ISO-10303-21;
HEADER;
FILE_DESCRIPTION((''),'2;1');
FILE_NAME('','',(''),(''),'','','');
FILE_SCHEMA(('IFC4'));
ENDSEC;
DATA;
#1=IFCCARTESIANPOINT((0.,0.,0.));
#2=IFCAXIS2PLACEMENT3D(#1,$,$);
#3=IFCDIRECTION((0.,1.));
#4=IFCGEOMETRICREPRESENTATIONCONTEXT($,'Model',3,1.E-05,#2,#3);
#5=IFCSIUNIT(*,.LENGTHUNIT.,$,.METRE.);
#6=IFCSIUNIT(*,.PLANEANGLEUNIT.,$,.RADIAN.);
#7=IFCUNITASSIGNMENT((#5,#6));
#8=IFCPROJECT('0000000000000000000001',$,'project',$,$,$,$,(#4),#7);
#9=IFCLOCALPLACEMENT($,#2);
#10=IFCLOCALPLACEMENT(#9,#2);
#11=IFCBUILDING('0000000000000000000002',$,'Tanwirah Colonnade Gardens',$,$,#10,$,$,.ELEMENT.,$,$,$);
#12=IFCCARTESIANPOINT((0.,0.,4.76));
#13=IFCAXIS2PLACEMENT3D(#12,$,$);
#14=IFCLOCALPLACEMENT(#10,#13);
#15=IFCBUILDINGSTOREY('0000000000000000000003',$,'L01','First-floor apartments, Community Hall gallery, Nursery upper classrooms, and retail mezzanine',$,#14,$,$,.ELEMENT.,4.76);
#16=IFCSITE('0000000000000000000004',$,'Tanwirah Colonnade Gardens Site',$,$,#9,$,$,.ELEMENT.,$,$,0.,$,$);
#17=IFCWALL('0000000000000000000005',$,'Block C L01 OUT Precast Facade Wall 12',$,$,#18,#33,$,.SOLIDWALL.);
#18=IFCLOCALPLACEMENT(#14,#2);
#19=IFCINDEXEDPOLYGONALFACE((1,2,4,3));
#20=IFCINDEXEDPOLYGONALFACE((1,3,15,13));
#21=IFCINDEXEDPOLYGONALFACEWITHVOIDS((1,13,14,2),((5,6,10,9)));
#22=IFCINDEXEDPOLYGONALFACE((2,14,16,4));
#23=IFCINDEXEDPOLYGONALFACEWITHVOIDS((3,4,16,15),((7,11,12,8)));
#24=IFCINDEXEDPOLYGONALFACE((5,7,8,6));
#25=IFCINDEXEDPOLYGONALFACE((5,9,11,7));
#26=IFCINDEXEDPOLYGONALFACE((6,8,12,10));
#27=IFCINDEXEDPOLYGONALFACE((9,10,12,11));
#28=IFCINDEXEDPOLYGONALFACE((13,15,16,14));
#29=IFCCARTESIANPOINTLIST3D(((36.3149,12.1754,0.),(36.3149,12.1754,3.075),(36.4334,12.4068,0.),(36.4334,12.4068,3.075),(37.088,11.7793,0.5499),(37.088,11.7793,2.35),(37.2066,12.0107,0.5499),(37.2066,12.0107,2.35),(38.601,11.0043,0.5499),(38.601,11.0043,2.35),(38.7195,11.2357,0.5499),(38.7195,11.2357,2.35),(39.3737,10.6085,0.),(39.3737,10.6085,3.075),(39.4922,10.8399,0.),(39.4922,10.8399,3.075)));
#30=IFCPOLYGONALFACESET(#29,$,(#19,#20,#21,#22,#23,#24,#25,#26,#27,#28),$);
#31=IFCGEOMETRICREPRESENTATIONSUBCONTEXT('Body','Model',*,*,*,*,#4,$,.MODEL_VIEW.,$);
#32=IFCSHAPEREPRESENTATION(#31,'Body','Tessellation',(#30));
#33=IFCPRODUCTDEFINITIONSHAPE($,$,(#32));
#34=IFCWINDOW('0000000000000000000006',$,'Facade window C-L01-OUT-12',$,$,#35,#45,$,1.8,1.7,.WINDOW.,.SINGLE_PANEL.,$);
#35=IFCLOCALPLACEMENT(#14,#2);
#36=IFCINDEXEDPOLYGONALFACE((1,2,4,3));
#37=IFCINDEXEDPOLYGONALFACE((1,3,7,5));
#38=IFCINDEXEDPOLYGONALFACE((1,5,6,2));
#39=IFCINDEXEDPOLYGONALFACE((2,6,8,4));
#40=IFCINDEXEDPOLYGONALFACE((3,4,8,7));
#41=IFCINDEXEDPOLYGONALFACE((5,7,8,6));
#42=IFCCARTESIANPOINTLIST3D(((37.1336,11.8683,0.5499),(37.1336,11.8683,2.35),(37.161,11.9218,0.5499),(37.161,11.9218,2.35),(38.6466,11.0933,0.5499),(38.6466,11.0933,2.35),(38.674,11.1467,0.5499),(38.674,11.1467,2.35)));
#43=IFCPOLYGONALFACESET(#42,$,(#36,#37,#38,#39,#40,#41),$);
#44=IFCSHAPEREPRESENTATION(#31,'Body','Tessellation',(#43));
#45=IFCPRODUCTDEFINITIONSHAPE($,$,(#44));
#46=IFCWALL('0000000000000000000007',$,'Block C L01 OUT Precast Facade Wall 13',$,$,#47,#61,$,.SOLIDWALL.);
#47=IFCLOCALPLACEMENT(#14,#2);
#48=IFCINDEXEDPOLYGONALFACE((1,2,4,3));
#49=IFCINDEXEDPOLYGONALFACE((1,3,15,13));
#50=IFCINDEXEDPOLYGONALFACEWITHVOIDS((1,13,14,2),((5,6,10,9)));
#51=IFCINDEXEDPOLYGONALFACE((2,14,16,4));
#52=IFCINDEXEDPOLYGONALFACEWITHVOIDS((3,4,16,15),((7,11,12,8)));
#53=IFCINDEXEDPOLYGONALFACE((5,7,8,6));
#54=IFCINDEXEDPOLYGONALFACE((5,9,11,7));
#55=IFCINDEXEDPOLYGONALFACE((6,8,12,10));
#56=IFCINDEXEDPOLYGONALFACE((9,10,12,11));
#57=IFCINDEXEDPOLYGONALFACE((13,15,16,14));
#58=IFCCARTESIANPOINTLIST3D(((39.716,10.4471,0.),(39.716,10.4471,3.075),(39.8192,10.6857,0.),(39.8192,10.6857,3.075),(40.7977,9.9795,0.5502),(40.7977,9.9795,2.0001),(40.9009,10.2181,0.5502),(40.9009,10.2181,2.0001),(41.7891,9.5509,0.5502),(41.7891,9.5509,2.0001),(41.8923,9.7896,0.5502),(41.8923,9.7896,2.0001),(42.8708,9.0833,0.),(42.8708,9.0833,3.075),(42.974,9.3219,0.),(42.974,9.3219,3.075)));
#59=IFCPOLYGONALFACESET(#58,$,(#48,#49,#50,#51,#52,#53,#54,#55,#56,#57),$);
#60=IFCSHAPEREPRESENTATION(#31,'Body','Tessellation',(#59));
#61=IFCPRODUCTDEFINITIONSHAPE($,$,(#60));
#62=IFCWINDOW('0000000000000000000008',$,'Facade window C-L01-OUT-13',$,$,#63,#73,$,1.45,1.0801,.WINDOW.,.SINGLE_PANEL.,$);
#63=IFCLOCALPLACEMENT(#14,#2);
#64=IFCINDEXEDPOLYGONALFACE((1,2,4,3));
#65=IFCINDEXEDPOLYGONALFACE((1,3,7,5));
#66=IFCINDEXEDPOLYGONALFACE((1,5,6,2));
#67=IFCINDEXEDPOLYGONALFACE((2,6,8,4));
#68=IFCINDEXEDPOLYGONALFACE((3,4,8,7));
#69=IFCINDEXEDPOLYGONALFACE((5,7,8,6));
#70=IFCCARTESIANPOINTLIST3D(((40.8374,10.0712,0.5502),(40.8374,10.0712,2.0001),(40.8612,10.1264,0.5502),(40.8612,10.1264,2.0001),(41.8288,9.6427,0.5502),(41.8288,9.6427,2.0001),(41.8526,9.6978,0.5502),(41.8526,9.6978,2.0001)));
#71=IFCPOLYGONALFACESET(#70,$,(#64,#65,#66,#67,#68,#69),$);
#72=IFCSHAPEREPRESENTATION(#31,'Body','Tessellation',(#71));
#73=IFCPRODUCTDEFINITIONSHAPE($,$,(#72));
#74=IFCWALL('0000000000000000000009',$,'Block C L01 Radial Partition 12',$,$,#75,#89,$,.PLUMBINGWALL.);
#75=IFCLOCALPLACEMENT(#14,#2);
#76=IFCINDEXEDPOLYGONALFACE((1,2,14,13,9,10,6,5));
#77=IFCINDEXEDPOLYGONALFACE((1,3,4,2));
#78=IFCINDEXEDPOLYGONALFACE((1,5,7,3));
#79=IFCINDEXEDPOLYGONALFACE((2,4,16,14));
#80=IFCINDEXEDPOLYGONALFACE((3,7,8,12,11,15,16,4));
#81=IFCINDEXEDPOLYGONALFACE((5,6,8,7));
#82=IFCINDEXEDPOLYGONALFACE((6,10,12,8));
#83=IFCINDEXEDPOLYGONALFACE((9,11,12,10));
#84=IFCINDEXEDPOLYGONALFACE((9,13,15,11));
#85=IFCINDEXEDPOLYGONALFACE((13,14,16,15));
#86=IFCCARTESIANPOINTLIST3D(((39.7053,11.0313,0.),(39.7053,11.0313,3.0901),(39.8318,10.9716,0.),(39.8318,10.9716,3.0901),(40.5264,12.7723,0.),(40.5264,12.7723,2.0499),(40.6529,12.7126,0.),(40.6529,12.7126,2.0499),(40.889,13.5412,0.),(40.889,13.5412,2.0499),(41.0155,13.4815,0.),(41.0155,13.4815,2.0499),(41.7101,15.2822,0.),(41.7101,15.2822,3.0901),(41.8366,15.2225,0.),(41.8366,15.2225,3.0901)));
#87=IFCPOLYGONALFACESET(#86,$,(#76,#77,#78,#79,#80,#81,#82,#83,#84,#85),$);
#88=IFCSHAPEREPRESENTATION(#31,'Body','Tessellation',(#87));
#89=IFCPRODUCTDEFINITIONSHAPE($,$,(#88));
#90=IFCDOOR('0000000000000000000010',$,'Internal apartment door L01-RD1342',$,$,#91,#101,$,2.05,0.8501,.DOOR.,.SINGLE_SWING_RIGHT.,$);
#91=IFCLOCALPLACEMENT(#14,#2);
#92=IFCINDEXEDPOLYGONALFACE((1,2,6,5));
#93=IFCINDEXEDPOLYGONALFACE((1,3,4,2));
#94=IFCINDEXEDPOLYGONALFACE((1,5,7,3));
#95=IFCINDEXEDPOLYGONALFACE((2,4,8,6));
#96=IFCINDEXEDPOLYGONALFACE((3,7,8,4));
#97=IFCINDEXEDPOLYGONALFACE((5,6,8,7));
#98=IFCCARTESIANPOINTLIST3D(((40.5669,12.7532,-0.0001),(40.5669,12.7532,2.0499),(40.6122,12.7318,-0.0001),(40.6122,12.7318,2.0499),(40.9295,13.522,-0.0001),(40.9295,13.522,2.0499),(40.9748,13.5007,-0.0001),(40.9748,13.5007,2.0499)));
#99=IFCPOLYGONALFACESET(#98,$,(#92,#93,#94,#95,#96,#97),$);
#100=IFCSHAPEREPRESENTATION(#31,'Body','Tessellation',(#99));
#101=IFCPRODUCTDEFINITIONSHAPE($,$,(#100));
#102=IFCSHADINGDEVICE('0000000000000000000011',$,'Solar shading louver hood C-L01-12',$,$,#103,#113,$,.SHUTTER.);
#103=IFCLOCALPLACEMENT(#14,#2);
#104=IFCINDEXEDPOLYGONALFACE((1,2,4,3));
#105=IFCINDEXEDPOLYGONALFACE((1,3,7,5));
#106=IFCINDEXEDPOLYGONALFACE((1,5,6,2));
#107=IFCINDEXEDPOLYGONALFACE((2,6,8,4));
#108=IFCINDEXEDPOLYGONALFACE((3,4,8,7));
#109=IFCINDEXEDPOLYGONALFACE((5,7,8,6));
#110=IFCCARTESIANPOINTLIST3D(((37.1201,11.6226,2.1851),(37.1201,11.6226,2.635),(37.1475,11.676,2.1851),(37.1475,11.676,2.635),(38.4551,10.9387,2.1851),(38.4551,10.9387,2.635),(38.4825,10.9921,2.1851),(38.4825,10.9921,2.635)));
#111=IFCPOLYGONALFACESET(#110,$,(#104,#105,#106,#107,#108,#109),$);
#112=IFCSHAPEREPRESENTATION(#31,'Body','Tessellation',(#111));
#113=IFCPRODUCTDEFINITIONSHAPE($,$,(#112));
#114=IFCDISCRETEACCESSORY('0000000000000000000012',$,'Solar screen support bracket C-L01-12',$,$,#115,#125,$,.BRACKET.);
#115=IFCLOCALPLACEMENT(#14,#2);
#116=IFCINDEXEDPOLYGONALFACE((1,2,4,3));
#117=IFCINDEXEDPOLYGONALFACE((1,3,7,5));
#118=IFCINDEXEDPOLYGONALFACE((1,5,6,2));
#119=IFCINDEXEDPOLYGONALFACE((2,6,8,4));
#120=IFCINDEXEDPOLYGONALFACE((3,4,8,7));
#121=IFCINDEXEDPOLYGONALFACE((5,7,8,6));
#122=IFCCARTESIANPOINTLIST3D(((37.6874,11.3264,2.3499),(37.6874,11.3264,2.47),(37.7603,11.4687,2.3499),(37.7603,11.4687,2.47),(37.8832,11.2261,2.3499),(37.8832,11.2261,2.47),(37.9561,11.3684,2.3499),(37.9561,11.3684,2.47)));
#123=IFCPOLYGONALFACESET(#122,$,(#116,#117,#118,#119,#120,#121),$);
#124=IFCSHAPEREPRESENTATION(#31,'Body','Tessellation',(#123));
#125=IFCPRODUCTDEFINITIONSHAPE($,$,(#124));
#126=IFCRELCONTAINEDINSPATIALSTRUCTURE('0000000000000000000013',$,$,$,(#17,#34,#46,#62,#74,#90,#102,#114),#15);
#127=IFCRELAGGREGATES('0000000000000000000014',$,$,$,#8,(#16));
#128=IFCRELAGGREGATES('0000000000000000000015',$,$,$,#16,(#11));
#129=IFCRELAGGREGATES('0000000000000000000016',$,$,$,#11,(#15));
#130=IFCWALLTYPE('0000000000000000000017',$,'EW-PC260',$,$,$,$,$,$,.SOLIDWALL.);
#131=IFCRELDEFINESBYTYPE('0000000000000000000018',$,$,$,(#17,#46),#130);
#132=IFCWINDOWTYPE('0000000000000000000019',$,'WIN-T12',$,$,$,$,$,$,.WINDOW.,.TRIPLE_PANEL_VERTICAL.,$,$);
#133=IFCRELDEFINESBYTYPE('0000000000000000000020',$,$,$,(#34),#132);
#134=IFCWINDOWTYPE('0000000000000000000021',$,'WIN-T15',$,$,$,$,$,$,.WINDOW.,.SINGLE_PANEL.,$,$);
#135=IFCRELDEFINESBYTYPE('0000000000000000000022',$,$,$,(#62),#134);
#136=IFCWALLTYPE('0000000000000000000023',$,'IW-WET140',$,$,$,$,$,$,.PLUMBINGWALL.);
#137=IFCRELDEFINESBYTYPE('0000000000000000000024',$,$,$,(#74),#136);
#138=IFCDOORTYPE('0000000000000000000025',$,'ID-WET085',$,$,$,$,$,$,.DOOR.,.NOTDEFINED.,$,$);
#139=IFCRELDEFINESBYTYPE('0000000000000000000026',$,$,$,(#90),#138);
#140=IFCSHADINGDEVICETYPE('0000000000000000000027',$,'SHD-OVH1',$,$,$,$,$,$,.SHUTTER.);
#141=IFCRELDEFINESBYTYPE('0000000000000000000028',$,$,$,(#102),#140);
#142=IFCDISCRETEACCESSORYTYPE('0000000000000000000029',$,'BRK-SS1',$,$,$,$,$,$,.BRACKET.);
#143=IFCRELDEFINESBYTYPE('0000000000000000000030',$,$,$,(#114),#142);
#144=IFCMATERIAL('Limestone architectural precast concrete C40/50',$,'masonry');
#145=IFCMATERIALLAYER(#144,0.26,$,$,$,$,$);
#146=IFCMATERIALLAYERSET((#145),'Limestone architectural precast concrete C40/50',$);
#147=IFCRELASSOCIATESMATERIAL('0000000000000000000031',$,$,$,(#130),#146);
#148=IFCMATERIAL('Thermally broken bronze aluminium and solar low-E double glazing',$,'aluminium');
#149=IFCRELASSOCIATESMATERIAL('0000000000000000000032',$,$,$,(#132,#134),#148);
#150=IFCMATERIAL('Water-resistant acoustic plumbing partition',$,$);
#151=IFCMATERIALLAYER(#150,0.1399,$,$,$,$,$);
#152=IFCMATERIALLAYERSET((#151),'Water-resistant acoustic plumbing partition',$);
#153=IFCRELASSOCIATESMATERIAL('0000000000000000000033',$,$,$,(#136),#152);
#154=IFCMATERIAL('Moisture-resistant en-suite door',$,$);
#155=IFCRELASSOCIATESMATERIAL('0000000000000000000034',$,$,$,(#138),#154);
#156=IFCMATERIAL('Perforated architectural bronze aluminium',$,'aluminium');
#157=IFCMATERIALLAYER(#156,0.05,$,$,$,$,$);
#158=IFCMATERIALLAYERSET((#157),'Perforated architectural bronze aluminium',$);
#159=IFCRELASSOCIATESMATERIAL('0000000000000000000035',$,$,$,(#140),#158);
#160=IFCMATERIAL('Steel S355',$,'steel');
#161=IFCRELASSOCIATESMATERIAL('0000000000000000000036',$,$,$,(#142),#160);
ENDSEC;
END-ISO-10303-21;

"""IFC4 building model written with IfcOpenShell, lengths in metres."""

from ifc_helpers import new_model, si_unit, direction, frame, frame_2d, origin, origin_2d, place, context, subcontext, project, spatial, rectangle, extrude, material, layer, layer_set, type_object, element, fill, save


model = new_model("IFC4")

# Units and contexts
model_context = context("Model", 3, precision=1e-05, world=origin(), true_north=direction((0.0, 1.0)))
body_context = subcontext(model_context, "Body", "Model", "MODEL_VIEW")
ifc_project = project(units=[si_unit("LENGTHUNIT", "METRE"), si_unit("PLANEANGLEUNIT", "RADIAN")], contexts=[model_context])

# Site, building, storey
site_placement = place(None, origin())
site = spatial("IfcSite", under=ifc_project, at=site_placement, Name="Tanwirah Colonnade Gardens Site", CompositionType="ELEMENT", RefElevation=0.0)
building_placement = place(site_placement, origin())
building = spatial("IfcBuilding", under=site, at=building_placement, Name="Tanwirah Colonnade Gardens", CompositionType="ELEMENT")
storey_placement = place(building_placement, frame((0.0, 0.0, 4.76)))
storey = spatial("IfcBuildingStorey", under=building, at=storey_placement, Name="L01", Description="First-floor apartments, Community Hall gallery, Nursery upper classrooms, and retail mezzanine", CompositionType="ELEMENT", Elevation=4.76)

# Walls, openings, windows
ifc_material_1 = material(Name="Limestone architectural precast concrete C40/50", Category="masonry")
ifc_layer_1 = layer(ifc_material_1, 0.26)
ifc_layer_set_1 = layer_set([ifc_layer_1], Name="Limestone architectural precast concrete C40/50")
wall_type_1 = type_object("IfcWallType", Name="EW-PC260", PredefinedType="SOLIDWALL", material=ifc_layer_set_1)
ifc_material_2 = material(Name="Thermally broken bronze aluminium and solar low-E double glazing", Category="aluminium")
wall_1_placement = place(storey_placement, frame((36.3743, 12.291, 0.0), z_axis=(0.0, 0.0, 1.0), x_axis=(0.890023, -0.455916, 0.0)))
wall_1 = element("IfcWall", 1, at=wall_1_placement, inside=storey, type_object=wall_type_1, Name="Block C L01 OUT Precast Facade Wall 12", PredefinedType="SOLIDWALL", context=body_context, shape_type="SweptSolid", body=[
    extrude(rectangle(XDim=3.4368, YDim=0.26, at=frame_2d((1.7183, 0.0))), origin(), (0.0, 0.0, 1.0), 3.075),
])
opening_1_placement = place(wall_1_placement, frame((0.8684, 0.0, 0.55)))
opening_1 = element("IfcOpeningElement", 2, at=opening_1_placement, cuts=wall_1, PredefinedType="OPENING", context=body_context, shape_type="SweptSolid", body=[
    extrude(rectangle(XDim=1.7, YDim=1.8, at=frame_2d((0.8501, 0.8999))), frame((0.0, 0.1399, 0.0), z_axis=(0.0, -1.0, 0.0), x_axis=(1.0, 0.0, 0.0)), (0.0, 0.0, 1.0), 0.28),
])
window_type_1 = type_object("IfcWindowType", Name="WIN-T12", PartitioningType="TRIPLE_PANEL_VERTICAL", PredefinedType="WINDOW", material=ifc_material_2)
window_1_placement = place(opening_1_placement, origin())
window_1 = element("IfcWindow", 3, at=window_1_placement, inside=storey, type_object=window_type_1, Name="Facade window C-L01-OUT-12", OverallHeight=1.8, OverallWidth=1.7, PartitioningType="SINGLE_PANEL", PredefinedType="WINDOW", context=body_context, shape_type="SweptSolid", body=[
    extrude(rectangle(XDim=1.7, YDim=1.8, at=frame_2d((0.8501, 0.8999))), frame((0.0, 0.03, 0.0), z_axis=(0.0, -1.0, 0.0), x_axis=(1.0, 0.0, 0.0)), (0.0, 0.0, 1.0), 0.0601),
])
fill(opening_1, window_1)
wall_2_placement = place(storey_placement, frame((39.7676, 10.5664, 0.0), z_axis=(0.0, 0.0, 1.0), x_axis=(0.917906, -0.396798, 0.0)))
wall_2 = element("IfcWall", 4, at=wall_2_placement, inside=storey, type_object=wall_type_1, Name="Block C L01 OUT Precast Facade Wall 13", PredefinedType="SOLIDWALL", context=body_context, shape_type="SweptSolid", body=[
    extrude(rectangle(XDim=3.437, YDim=0.26, at=frame_2d((1.7185, 0.0))), origin(), (0.0, 0.0, 1.0), 3.075),
])
opening_2_placement = place(wall_2_placement, frame((1.1785, 0.0, 0.55)))
opening_2 = element("IfcOpeningElement", 5, at=opening_2_placement, cuts=wall_2, PredefinedType="OPENING", context=body_context, shape_type="SweptSolid", body=[
    extrude(rectangle(XDim=1.0801, YDim=1.45, at=frame_2d((0.54, 0.7251))), frame((0.0, 0.1399, 0.0), z_axis=(0.0, -1.0, 0.0), x_axis=(1.0, 0.0, 0.0)), (0.0, 0.0, 1.0), 0.28),
])
window_type_2 = type_object("IfcWindowType", Name="WIN-T15", PartitioningType="SINGLE_PANEL", PredefinedType="WINDOW", material=ifc_material_2)
window_2_placement = place(opening_2_placement, origin())
window_2 = element("IfcWindow", 6, at=window_2_placement, inside=storey, type_object=window_type_2, Name="Facade window C-L01-OUT-13", OverallHeight=1.45, OverallWidth=1.0801, PartitioningType="SINGLE_PANEL", PredefinedType="WINDOW", context=body_context, shape_type="SweptSolid", body=[
    extrude(rectangle(XDim=1.0801, YDim=1.45, at=frame_2d((0.54, 0.7251))), frame((0.0, 0.03, 0.0), z_axis=(0.0, -1.0, 0.0), x_axis=(1.0, 0.0, 0.0)), (0.0, 0.0, 1.0), 0.0601),
])
fill(opening_2, window_2)

# Wall, opening, door
ifc_material_3 = material(Name="Water-resistant acoustic plumbing partition")
ifc_layer_2 = layer(ifc_material_3, 0.1399)
ifc_layer_set_2 = layer_set([ifc_layer_2], Name="Water-resistant acoustic plumbing partition")
wall_type_2 = type_object("IfcWallType", Name="IW-WET140", PredefinedType="PLUMBINGWALL", material=ifc_layer_set_2)
wall_3_placement = place(storey_placement, frame((41.7734, 15.2524, 0.0), z_axis=(0.0, 0.0, 1.0), x_axis=(-0.426567, -0.904456, 0.0)))
wall_3 = element("IfcWall", 7, at=wall_3_placement, inside=storey, type_object=wall_type_2, Name="Block C L01 Radial Partition 12", PredefinedType="PLUMBINGWALL", context=body_context, shape_type="SweptSolid", body=[
    extrude(rectangle(XDim=4.7, YDim=0.1399, at=frame_2d((2.3501, 0.0))), origin(), (0.0, 0.0, 1.0), 3.0901),
])
opening_3_placement = place(wall_3_placement, frame((1.925, 0.0, 0.0)))
opening_3 = element("IfcOpeningElement", 8, at=opening_3_placement, cuts=wall_3, PredefinedType="OPENING", context=body_context, shape_type="SweptSolid", body=[
    extrude(rectangle(XDim=0.8501, YDim=2.05, at=frame_2d((0.425, 1.0249))), frame((0.0, 0.0798, 0.0), z_axis=(0.0, -1.0, 0.0), x_axis=(1.0, 0.0, 0.0)), (0.0, 0.0, 1.0), 0.1599),
])
ifc_material_4 = material(Name="Moisture-resistant en-suite door")
door_type_1 = type_object("IfcDoorType", Name="ID-WET085", OperationType="NOTDEFINED", PredefinedType="DOOR", material=ifc_material_4)
door_1_placement = place(opening_3_placement, origin())
door_1 = element("IfcDoor", 9, at=door_1_placement, inside=storey, type_object=door_type_1, Name="Internal apartment door L01-RD1342", OperationType="SINGLE_SWING_RIGHT", OverallHeight=2.05, OverallWidth=0.8501, PredefinedType="DOOR", context=body_context, shape_type="SweptSolid", body=[
    extrude(rectangle(XDim=0.8501, YDim=2.05, at=frame_2d((0.425, 1.0249))), frame((0.0, 0.0249, 0.0), z_axis=(0.0, -1.0, 0.0), x_axis=(1.0, 0.0, 0.0)), (0.0, 0.0, 1.0), 0.05),
])
fill(opening_3, door_1)

# Shading device
ifc_material_5 = material(Name="Perforated architectural bronze aluminium", Category="aluminium")
ifc_layer_3 = layer(ifc_material_5, 0.05)
ifc_layer_set_3 = layer_set([ifc_layer_3], Name="Perforated architectural bronze aluminium")
shading_device_type = type_object("IfcShadingDeviceType", Name="SHD-OVH1", PredefinedType="SHUTTER", material=ifc_layer_set_3)
shading_device_placement = place(storey_placement, frame((37.8013, 11.3074, 2.1851), z_axis=(0.0, 0.0, 1.0), x_axis=(0.890014, -0.455933, 0.0)))
element("IfcShadingDevice", 10, at=shading_device_placement, inside=storey, type_object=shading_device_type, Name="Solar shading louver hood C-L01-12", PredefinedType="SHUTTER", context=body_context, shape_type="SweptSolid", body=[
    extrude(rectangle(XDim=1.5, YDim=0.0601, at=origin_2d()), origin(), (0.0, 0.0, 1.0), 0.45),
])

# Discrete accessory
ifc_material_6 = material(Name="Steel S355", Category="steel")
discrete_accessory_type = type_object("IfcDiscreteAccessoryType", Name="BRK-SS1", PredefinedType="BRACKET", material=ifc_material_6)
discrete_accessory_placement = place(storey_placement, frame((37.8218, 11.3474, 2.3499), z_axis=(0.0, 0.0, 1.0), x_axis=(0.890014, -0.455933, 0.0)))
element("IfcDiscreteAccessory", 11, at=discrete_accessory_placement, inside=storey, type_object=discrete_accessory_type, Name="Solar screen support bracket C-L01-12", PredefinedType="BRACKET", context=body_context, shape_type="SweptSolid", body=[
    extrude(rectangle(XDim=0.22, YDim=0.1599, at=origin_2d()), origin(), (0.0, 0.0, 1.0), 0.1201),
])

save(model, "model.ifc")
